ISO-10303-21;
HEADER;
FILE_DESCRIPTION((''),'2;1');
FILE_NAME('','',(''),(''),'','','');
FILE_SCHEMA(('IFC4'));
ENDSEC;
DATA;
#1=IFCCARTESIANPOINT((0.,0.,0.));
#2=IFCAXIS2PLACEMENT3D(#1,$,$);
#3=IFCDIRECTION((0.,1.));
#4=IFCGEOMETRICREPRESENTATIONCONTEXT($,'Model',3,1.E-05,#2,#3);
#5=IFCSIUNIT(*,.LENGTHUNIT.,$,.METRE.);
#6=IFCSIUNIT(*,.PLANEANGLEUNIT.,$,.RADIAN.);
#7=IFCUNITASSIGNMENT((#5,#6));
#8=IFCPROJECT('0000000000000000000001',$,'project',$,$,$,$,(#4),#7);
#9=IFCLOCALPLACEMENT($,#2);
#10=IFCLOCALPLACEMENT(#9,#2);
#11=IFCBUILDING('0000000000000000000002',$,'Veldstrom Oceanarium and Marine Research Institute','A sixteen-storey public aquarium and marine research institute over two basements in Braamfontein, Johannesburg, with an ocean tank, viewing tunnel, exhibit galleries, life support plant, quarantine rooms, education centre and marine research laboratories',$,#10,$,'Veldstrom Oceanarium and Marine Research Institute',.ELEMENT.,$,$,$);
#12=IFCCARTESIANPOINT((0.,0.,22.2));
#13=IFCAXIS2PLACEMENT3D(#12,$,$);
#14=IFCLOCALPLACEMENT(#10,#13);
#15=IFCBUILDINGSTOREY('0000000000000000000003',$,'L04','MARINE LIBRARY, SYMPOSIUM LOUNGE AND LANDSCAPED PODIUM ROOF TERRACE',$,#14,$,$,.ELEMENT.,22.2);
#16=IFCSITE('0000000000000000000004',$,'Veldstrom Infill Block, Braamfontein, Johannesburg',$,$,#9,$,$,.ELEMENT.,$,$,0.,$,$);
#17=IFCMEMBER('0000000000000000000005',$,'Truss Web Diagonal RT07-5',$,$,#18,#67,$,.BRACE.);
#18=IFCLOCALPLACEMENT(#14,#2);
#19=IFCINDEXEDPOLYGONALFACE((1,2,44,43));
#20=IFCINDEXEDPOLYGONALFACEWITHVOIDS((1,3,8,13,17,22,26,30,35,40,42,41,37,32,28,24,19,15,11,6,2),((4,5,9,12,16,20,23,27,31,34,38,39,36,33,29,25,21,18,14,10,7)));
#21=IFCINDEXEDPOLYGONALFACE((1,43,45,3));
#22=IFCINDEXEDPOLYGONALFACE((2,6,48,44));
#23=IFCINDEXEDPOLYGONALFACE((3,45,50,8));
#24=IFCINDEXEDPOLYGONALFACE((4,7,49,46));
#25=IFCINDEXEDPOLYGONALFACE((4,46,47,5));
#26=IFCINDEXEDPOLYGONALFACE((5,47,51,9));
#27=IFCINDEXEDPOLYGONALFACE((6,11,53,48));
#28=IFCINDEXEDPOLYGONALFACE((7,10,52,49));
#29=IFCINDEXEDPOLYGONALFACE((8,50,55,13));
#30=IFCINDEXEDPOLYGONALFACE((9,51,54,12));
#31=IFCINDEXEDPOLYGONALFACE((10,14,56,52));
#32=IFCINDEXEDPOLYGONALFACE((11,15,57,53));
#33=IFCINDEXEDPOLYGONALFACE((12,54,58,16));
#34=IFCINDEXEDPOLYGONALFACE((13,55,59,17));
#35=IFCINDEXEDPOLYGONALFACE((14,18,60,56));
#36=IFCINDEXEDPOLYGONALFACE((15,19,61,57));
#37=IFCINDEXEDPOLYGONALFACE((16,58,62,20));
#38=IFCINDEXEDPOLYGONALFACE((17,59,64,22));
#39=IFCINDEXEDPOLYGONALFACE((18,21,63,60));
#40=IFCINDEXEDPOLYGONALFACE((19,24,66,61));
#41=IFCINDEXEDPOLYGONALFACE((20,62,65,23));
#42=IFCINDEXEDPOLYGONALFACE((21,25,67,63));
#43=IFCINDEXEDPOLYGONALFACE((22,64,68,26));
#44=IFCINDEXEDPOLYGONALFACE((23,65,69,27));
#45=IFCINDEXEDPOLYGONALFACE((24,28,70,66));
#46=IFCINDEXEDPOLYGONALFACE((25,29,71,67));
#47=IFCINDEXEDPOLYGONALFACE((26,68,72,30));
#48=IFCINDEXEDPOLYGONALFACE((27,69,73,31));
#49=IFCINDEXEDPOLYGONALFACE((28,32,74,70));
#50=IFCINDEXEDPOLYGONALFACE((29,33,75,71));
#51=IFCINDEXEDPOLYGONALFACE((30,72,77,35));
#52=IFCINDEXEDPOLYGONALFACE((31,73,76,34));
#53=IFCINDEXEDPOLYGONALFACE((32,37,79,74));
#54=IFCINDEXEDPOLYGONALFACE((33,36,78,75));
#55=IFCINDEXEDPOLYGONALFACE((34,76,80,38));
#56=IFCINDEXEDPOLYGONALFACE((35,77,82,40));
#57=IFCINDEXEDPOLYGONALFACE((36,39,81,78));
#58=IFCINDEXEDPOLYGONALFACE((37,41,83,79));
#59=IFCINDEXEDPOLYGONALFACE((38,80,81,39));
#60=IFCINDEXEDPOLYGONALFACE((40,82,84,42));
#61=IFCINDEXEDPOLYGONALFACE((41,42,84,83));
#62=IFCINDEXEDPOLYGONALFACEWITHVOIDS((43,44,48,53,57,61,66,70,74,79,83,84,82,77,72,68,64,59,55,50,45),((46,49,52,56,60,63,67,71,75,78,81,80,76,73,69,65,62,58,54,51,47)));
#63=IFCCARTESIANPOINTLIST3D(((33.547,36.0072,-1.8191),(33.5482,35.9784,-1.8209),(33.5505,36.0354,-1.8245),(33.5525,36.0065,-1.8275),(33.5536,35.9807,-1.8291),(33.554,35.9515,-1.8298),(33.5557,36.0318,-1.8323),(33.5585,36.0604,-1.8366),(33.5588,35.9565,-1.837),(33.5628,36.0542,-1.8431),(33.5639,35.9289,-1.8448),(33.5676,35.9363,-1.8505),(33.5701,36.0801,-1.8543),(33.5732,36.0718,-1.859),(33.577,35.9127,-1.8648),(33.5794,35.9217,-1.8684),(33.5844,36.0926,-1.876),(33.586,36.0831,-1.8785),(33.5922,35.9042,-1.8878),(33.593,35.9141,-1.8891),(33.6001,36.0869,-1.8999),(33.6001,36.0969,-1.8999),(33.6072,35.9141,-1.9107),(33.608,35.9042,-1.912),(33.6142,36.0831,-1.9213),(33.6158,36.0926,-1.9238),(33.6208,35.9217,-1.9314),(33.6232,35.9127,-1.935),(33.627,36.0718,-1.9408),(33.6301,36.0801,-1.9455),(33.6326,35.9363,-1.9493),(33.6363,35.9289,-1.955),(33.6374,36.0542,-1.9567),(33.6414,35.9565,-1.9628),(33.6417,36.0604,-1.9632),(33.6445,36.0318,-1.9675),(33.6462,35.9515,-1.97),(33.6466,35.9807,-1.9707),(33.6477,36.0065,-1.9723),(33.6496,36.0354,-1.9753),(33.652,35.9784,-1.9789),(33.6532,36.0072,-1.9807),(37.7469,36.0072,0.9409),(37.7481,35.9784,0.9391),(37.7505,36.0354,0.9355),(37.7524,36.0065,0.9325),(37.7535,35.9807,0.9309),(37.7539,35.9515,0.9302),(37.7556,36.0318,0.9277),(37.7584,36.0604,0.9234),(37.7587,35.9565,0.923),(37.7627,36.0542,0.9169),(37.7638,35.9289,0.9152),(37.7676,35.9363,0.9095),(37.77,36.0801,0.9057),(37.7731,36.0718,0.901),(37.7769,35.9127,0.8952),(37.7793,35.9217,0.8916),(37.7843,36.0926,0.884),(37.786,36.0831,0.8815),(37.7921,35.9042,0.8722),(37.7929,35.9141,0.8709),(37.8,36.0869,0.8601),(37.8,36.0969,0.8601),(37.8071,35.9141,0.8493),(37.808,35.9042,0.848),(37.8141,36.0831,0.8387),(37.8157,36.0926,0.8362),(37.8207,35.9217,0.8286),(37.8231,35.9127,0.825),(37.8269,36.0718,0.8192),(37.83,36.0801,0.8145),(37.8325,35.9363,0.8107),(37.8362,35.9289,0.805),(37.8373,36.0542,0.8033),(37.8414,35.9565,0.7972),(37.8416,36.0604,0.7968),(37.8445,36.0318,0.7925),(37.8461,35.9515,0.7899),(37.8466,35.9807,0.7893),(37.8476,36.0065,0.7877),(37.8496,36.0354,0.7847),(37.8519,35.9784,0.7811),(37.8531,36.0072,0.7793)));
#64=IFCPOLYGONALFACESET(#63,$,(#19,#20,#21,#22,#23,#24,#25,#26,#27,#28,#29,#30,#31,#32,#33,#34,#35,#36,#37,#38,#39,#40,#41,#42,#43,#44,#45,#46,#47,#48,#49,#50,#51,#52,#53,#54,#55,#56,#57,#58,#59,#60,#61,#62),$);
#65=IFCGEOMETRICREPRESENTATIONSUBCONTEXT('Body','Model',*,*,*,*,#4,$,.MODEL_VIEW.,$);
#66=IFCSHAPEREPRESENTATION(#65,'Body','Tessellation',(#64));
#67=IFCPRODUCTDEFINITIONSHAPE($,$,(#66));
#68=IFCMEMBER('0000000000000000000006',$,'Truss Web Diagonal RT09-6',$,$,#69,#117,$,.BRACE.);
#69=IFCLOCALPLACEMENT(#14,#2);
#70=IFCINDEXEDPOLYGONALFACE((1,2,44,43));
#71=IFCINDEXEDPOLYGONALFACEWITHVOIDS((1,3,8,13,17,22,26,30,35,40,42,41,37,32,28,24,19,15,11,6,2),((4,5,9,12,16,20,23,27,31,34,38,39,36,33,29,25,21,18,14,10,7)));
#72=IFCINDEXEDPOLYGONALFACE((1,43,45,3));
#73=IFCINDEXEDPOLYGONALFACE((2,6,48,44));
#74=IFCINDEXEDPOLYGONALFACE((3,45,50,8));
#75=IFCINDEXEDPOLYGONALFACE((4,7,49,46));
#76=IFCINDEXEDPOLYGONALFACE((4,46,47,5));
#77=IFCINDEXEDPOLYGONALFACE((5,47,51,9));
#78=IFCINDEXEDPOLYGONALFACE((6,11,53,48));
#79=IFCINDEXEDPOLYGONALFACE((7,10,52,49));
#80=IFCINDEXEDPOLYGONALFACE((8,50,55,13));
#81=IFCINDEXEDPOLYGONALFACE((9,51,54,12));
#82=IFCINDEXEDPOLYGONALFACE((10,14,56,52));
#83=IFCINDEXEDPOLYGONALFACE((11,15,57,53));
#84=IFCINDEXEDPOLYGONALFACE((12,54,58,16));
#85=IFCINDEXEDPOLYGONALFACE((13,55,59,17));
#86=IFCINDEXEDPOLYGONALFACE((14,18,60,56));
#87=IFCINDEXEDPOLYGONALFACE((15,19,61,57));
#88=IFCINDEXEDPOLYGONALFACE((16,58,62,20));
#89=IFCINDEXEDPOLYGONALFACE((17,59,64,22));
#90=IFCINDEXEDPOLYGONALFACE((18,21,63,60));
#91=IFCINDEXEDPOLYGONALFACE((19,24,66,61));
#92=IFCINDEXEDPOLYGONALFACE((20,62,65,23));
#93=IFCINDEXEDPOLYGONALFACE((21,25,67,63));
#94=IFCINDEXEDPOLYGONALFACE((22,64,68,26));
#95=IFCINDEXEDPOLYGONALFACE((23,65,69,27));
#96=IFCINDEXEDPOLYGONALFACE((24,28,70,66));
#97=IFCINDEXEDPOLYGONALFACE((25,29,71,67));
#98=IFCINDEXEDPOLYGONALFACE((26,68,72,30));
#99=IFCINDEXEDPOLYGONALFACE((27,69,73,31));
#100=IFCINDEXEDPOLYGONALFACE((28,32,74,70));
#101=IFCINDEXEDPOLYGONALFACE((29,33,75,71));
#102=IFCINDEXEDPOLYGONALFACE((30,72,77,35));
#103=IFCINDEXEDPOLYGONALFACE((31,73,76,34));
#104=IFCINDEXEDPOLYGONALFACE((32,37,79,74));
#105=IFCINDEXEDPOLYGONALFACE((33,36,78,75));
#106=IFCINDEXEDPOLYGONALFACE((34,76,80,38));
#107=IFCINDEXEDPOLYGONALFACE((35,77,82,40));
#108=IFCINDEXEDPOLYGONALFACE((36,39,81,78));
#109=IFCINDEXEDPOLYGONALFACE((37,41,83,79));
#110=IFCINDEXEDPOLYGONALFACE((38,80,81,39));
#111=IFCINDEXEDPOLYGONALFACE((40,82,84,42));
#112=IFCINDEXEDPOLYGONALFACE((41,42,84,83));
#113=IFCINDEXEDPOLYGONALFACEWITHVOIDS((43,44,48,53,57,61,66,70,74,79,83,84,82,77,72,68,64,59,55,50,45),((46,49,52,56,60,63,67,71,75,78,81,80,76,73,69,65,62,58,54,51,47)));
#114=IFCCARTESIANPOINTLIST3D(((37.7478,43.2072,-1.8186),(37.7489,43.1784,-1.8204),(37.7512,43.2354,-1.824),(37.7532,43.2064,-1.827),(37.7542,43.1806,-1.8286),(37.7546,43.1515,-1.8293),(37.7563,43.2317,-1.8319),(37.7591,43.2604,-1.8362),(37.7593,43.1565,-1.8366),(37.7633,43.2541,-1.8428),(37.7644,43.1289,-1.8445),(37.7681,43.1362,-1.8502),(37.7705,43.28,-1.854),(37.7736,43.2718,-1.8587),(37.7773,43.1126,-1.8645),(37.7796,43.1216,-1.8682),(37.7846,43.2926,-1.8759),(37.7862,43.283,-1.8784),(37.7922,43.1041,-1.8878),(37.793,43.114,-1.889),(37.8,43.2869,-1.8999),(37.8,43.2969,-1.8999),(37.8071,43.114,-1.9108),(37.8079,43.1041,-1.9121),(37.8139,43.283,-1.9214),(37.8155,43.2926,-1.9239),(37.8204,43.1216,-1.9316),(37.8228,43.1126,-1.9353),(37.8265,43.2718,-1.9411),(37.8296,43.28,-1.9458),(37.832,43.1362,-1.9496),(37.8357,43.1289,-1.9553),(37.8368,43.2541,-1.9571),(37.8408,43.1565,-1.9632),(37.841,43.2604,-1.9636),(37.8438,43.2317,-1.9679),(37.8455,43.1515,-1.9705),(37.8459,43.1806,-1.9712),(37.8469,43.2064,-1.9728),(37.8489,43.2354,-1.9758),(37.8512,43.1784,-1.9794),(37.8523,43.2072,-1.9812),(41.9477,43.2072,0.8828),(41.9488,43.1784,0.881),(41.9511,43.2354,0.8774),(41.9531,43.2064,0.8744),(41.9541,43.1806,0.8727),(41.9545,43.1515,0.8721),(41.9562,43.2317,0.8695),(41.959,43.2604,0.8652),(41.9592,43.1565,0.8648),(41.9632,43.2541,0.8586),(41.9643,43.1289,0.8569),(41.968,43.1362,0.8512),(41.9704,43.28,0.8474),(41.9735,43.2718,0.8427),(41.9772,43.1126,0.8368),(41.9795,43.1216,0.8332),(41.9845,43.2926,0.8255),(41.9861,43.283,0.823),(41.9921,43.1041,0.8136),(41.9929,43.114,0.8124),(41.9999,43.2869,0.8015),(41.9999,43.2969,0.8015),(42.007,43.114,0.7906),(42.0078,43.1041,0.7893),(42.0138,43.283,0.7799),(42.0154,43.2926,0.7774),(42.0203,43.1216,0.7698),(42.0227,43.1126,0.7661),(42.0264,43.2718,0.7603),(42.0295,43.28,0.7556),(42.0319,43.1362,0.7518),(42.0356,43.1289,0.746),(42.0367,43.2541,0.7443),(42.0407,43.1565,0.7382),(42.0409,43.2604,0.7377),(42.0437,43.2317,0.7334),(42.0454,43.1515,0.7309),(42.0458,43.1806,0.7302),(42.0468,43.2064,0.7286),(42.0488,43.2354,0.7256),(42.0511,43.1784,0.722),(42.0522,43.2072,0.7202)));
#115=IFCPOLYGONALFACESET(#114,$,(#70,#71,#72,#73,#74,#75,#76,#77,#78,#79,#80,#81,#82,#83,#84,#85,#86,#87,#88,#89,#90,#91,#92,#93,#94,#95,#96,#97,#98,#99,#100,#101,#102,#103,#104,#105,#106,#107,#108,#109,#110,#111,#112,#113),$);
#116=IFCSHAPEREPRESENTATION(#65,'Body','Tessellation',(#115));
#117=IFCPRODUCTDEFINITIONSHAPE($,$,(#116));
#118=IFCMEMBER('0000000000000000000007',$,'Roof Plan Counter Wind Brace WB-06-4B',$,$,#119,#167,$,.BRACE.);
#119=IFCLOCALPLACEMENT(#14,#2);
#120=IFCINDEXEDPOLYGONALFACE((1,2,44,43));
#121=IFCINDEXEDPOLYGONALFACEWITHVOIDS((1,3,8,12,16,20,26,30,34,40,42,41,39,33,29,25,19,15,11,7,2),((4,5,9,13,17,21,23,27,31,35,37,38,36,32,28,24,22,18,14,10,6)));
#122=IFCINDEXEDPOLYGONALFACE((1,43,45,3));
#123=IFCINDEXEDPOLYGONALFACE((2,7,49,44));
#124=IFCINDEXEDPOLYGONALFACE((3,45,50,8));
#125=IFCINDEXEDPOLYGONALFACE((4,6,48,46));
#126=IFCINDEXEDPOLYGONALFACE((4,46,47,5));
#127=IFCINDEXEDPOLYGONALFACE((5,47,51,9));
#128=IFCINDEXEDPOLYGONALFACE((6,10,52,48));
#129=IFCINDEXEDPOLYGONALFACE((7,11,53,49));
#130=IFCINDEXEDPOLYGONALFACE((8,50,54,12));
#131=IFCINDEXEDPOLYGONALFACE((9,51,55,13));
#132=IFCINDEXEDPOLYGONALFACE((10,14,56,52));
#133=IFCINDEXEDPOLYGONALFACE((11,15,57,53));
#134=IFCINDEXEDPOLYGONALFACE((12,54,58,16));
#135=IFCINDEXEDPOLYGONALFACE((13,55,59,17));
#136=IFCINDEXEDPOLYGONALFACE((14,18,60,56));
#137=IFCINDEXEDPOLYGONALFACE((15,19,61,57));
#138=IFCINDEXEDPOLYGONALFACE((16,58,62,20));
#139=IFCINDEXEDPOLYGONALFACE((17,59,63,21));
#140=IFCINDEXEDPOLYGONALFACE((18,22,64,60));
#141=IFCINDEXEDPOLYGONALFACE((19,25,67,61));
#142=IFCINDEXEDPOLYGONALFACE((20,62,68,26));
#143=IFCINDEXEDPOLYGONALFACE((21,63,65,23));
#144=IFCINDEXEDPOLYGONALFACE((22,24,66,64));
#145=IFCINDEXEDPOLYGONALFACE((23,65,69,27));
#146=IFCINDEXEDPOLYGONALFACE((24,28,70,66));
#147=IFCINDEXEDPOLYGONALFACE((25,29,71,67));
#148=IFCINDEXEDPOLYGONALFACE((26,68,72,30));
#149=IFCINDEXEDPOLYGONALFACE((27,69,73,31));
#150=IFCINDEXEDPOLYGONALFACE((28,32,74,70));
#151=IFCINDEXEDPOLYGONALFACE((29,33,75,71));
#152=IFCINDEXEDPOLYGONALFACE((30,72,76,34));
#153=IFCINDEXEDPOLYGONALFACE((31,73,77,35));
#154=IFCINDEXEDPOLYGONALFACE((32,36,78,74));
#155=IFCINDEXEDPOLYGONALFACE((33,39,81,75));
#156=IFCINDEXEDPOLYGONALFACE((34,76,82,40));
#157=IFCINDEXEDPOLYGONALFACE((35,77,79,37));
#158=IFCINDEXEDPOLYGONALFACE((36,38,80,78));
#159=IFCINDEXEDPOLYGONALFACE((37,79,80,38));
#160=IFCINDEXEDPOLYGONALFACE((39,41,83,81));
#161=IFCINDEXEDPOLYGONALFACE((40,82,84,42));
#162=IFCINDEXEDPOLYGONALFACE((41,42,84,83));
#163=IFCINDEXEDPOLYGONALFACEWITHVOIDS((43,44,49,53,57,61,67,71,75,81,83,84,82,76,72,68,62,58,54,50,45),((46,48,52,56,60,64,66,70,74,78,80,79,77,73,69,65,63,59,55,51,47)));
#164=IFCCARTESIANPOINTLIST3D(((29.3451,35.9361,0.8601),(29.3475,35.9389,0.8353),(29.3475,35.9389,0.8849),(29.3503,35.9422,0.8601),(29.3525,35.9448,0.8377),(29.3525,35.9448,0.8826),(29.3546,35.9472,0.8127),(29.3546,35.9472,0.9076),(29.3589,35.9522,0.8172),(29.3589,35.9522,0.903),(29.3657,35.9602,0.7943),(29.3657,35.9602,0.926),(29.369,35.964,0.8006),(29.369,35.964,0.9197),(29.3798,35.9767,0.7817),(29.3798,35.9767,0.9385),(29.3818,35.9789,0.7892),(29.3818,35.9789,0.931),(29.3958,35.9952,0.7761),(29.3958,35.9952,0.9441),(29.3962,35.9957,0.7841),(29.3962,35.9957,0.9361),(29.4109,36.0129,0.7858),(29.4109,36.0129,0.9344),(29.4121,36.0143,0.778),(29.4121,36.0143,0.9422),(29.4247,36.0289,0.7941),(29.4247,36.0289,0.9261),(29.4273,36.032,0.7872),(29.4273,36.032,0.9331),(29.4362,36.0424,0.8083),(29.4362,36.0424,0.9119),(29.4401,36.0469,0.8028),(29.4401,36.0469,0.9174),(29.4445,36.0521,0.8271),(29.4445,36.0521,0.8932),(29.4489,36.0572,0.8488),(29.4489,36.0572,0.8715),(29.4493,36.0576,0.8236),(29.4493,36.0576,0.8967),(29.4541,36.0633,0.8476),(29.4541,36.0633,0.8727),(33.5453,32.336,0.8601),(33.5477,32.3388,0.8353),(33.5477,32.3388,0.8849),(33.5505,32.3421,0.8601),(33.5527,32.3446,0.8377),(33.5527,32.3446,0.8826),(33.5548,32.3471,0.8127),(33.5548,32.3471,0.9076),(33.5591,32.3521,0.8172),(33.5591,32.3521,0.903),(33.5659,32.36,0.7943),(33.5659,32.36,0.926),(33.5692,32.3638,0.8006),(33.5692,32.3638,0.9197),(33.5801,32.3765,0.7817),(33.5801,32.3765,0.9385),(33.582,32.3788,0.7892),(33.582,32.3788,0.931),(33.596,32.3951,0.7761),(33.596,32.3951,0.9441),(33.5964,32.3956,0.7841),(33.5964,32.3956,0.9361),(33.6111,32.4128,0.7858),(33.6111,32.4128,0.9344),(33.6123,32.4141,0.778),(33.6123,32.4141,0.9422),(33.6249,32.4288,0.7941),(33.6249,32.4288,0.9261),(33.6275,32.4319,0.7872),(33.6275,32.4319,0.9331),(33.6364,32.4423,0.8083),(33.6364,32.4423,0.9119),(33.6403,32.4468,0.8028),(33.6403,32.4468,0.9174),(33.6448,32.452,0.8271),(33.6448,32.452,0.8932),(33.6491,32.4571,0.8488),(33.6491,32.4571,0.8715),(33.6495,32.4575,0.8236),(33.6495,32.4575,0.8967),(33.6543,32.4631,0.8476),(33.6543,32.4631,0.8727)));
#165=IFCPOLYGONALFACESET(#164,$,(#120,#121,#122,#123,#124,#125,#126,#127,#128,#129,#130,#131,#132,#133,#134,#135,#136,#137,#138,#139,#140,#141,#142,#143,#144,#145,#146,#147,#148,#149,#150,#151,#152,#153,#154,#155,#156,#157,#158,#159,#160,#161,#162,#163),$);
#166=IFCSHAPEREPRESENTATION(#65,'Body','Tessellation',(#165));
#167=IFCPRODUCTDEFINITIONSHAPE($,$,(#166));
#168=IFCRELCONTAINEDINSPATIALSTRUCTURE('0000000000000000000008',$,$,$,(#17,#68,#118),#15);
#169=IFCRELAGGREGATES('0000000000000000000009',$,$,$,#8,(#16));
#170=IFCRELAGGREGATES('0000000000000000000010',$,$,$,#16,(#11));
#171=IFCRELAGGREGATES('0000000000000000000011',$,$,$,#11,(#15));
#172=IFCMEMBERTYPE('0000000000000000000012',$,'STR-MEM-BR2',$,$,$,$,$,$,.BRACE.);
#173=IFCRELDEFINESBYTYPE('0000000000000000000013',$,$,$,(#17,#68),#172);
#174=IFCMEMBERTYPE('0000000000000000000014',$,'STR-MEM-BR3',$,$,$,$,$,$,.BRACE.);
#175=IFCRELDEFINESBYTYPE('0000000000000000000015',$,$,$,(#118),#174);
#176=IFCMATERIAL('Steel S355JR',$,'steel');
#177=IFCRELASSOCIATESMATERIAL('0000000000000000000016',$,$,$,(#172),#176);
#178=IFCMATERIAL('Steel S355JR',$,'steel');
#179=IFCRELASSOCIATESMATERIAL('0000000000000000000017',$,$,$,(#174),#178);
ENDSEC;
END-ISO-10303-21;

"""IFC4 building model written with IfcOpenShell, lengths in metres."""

from ifc_helpers import new_model, si_unit, direction, frame, origin, origin_2d, place, context, subcontext, project, spatial, hollow_circle, extrude, material, material_profile, profile_set, type_object, element, save


model = new_model("IFC4")

# Units and contexts
model_context = context("Model", 3, precision=1e-05, world=origin(), true_north=direction((0.0, 1.0)))
body_context = subcontext(model_context, "Body", "Model", "MODEL_VIEW")
ifc_project = project(units=[si_unit("LENGTHUNIT", "METRE"), si_unit("PLANEANGLEUNIT", "RADIAN")], contexts=[model_context])

# Site, building, storey
site_placement = place(None, origin())
site = spatial("IfcSite", under=ifc_project, at=site_placement, Name="Veldstrom Infill Block, Braamfontein, Johannesburg", CompositionType="ELEMENT", RefElevation=0.0)
building_placement = place(site_placement, origin())
building = spatial("IfcBuilding", under=site, at=building_placement, Name="Veldstrom Oceanarium and Marine Research Institute", Description="A sixteen-storey public aquarium and marine research institute over two basements in Braamfontein, Johannesburg, with an ocean tank, viewing tunnel, exhibit galleries, life support plant, quarantine rooms, education centre and marine research laboratories", LongName="Veldstrom Oceanarium and Marine Research Institute", CompositionType="ELEMENT")
storey_placement = place(building_placement, frame((0.0, 0.0, 22.2)))
storey = spatial("IfcBuildingStorey", under=building, at=storey_placement, Name="L04", Description="MARINE LIBRARY, SYMPOSIUM LOUNGE AND LANDSCAPED PODIUM ROOF TERRACE", CompositionType="ELEMENT", Elevation=22.2)

# Members
ifc_material_1 = material(Name="Steel S355JR", Category="steel")
ifc_material_profile_1 = material_profile(ifc_material_1, hollow_circle(Radius=0.0969, WallThickness=0.01, at=origin_2d()), Name="CHS 193.7x10")
ifc_profile_set_1 = profile_set([ifc_material_profile_1], Name="Steel S355JR")
member_type_1 = type_object("IfcMemberType", Name="STR-MEM-BR2", PredefinedType="BRACE", material=ifc_profile_set_1)
member_1_placement = place(storey_placement, frame((33.6001, 36.0, -1.8999), z_axis=(0.835702, 0.0, 0.549184), x_axis=(0.0, 1.0, 0.0)))
element("IfcMember", 1, at=member_1_placement, inside=storey, type_object=member_type_1, Name="Truss Web Diagonal RT07-5", PredefinedType="BRACE", context=body_context, shape_type="SweptSolid", body=[
    extrude(hollow_circle(Radius=0.0969, WallThickness=0.01, at=origin_2d()), origin(), (0.0, 0.0, 1.0), 5.0256),
])
member_2_placement = place(storey_placement, frame((37.8, 43.2, -1.8999), z_axis=(0.841047, 0.0, 0.540963), x_axis=(0.0, 1.0, 0.0)))
element("IfcMember", 2, at=member_2_placement, inside=storey, type_object=member_type_1, Name="Truss Web Diagonal RT09-6", PredefinedType="BRACE", context=body_context, shape_type="SweptSolid", body=[
    extrude(hollow_circle(Radius=0.0969, WallThickness=0.01, at=origin_2d()), origin(), (0.0, 0.0, 1.0), 4.9937),
])
ifc_material_2 = material(Name="Steel S355JR", Category="steel")
ifc_material_profile_2 = material_profile(ifc_material_2, hollow_circle(Radius=0.0842, WallThickness=0.0081, at=origin_2d()), Name="CHS 168.3x8")
ifc_profile_set_2 = profile_set([ifc_material_profile_2], Name="Steel S355JR")
member_type_2 = type_object("IfcMemberType", Name="STR-MEM-BR3", PredefinedType="BRACE", material=ifc_profile_set_2)
member_3_placement = place(storey_placement, frame((33.6001, 32.3999, 0.8601), z_axis=(-0.759263, 0.650784, 0.0), x_axis=(-0.650784, -0.759263, 0.0)))
element("IfcMember", 3, at=member_3_placement, inside=storey, type_object=member_type_2, Name="Roof Plan Counter Wind Brace WB-06-4B", PredefinedType="BRACE", context=body_context, shape_type="SweptSolid", body=[
    extrude(hollow_circle(Radius=0.0842, WallThickness=0.0081, at=origin_2d()), origin(), (0.0, 0.0, 1.0), 5.532),
])

save(model, "model.ifc")
